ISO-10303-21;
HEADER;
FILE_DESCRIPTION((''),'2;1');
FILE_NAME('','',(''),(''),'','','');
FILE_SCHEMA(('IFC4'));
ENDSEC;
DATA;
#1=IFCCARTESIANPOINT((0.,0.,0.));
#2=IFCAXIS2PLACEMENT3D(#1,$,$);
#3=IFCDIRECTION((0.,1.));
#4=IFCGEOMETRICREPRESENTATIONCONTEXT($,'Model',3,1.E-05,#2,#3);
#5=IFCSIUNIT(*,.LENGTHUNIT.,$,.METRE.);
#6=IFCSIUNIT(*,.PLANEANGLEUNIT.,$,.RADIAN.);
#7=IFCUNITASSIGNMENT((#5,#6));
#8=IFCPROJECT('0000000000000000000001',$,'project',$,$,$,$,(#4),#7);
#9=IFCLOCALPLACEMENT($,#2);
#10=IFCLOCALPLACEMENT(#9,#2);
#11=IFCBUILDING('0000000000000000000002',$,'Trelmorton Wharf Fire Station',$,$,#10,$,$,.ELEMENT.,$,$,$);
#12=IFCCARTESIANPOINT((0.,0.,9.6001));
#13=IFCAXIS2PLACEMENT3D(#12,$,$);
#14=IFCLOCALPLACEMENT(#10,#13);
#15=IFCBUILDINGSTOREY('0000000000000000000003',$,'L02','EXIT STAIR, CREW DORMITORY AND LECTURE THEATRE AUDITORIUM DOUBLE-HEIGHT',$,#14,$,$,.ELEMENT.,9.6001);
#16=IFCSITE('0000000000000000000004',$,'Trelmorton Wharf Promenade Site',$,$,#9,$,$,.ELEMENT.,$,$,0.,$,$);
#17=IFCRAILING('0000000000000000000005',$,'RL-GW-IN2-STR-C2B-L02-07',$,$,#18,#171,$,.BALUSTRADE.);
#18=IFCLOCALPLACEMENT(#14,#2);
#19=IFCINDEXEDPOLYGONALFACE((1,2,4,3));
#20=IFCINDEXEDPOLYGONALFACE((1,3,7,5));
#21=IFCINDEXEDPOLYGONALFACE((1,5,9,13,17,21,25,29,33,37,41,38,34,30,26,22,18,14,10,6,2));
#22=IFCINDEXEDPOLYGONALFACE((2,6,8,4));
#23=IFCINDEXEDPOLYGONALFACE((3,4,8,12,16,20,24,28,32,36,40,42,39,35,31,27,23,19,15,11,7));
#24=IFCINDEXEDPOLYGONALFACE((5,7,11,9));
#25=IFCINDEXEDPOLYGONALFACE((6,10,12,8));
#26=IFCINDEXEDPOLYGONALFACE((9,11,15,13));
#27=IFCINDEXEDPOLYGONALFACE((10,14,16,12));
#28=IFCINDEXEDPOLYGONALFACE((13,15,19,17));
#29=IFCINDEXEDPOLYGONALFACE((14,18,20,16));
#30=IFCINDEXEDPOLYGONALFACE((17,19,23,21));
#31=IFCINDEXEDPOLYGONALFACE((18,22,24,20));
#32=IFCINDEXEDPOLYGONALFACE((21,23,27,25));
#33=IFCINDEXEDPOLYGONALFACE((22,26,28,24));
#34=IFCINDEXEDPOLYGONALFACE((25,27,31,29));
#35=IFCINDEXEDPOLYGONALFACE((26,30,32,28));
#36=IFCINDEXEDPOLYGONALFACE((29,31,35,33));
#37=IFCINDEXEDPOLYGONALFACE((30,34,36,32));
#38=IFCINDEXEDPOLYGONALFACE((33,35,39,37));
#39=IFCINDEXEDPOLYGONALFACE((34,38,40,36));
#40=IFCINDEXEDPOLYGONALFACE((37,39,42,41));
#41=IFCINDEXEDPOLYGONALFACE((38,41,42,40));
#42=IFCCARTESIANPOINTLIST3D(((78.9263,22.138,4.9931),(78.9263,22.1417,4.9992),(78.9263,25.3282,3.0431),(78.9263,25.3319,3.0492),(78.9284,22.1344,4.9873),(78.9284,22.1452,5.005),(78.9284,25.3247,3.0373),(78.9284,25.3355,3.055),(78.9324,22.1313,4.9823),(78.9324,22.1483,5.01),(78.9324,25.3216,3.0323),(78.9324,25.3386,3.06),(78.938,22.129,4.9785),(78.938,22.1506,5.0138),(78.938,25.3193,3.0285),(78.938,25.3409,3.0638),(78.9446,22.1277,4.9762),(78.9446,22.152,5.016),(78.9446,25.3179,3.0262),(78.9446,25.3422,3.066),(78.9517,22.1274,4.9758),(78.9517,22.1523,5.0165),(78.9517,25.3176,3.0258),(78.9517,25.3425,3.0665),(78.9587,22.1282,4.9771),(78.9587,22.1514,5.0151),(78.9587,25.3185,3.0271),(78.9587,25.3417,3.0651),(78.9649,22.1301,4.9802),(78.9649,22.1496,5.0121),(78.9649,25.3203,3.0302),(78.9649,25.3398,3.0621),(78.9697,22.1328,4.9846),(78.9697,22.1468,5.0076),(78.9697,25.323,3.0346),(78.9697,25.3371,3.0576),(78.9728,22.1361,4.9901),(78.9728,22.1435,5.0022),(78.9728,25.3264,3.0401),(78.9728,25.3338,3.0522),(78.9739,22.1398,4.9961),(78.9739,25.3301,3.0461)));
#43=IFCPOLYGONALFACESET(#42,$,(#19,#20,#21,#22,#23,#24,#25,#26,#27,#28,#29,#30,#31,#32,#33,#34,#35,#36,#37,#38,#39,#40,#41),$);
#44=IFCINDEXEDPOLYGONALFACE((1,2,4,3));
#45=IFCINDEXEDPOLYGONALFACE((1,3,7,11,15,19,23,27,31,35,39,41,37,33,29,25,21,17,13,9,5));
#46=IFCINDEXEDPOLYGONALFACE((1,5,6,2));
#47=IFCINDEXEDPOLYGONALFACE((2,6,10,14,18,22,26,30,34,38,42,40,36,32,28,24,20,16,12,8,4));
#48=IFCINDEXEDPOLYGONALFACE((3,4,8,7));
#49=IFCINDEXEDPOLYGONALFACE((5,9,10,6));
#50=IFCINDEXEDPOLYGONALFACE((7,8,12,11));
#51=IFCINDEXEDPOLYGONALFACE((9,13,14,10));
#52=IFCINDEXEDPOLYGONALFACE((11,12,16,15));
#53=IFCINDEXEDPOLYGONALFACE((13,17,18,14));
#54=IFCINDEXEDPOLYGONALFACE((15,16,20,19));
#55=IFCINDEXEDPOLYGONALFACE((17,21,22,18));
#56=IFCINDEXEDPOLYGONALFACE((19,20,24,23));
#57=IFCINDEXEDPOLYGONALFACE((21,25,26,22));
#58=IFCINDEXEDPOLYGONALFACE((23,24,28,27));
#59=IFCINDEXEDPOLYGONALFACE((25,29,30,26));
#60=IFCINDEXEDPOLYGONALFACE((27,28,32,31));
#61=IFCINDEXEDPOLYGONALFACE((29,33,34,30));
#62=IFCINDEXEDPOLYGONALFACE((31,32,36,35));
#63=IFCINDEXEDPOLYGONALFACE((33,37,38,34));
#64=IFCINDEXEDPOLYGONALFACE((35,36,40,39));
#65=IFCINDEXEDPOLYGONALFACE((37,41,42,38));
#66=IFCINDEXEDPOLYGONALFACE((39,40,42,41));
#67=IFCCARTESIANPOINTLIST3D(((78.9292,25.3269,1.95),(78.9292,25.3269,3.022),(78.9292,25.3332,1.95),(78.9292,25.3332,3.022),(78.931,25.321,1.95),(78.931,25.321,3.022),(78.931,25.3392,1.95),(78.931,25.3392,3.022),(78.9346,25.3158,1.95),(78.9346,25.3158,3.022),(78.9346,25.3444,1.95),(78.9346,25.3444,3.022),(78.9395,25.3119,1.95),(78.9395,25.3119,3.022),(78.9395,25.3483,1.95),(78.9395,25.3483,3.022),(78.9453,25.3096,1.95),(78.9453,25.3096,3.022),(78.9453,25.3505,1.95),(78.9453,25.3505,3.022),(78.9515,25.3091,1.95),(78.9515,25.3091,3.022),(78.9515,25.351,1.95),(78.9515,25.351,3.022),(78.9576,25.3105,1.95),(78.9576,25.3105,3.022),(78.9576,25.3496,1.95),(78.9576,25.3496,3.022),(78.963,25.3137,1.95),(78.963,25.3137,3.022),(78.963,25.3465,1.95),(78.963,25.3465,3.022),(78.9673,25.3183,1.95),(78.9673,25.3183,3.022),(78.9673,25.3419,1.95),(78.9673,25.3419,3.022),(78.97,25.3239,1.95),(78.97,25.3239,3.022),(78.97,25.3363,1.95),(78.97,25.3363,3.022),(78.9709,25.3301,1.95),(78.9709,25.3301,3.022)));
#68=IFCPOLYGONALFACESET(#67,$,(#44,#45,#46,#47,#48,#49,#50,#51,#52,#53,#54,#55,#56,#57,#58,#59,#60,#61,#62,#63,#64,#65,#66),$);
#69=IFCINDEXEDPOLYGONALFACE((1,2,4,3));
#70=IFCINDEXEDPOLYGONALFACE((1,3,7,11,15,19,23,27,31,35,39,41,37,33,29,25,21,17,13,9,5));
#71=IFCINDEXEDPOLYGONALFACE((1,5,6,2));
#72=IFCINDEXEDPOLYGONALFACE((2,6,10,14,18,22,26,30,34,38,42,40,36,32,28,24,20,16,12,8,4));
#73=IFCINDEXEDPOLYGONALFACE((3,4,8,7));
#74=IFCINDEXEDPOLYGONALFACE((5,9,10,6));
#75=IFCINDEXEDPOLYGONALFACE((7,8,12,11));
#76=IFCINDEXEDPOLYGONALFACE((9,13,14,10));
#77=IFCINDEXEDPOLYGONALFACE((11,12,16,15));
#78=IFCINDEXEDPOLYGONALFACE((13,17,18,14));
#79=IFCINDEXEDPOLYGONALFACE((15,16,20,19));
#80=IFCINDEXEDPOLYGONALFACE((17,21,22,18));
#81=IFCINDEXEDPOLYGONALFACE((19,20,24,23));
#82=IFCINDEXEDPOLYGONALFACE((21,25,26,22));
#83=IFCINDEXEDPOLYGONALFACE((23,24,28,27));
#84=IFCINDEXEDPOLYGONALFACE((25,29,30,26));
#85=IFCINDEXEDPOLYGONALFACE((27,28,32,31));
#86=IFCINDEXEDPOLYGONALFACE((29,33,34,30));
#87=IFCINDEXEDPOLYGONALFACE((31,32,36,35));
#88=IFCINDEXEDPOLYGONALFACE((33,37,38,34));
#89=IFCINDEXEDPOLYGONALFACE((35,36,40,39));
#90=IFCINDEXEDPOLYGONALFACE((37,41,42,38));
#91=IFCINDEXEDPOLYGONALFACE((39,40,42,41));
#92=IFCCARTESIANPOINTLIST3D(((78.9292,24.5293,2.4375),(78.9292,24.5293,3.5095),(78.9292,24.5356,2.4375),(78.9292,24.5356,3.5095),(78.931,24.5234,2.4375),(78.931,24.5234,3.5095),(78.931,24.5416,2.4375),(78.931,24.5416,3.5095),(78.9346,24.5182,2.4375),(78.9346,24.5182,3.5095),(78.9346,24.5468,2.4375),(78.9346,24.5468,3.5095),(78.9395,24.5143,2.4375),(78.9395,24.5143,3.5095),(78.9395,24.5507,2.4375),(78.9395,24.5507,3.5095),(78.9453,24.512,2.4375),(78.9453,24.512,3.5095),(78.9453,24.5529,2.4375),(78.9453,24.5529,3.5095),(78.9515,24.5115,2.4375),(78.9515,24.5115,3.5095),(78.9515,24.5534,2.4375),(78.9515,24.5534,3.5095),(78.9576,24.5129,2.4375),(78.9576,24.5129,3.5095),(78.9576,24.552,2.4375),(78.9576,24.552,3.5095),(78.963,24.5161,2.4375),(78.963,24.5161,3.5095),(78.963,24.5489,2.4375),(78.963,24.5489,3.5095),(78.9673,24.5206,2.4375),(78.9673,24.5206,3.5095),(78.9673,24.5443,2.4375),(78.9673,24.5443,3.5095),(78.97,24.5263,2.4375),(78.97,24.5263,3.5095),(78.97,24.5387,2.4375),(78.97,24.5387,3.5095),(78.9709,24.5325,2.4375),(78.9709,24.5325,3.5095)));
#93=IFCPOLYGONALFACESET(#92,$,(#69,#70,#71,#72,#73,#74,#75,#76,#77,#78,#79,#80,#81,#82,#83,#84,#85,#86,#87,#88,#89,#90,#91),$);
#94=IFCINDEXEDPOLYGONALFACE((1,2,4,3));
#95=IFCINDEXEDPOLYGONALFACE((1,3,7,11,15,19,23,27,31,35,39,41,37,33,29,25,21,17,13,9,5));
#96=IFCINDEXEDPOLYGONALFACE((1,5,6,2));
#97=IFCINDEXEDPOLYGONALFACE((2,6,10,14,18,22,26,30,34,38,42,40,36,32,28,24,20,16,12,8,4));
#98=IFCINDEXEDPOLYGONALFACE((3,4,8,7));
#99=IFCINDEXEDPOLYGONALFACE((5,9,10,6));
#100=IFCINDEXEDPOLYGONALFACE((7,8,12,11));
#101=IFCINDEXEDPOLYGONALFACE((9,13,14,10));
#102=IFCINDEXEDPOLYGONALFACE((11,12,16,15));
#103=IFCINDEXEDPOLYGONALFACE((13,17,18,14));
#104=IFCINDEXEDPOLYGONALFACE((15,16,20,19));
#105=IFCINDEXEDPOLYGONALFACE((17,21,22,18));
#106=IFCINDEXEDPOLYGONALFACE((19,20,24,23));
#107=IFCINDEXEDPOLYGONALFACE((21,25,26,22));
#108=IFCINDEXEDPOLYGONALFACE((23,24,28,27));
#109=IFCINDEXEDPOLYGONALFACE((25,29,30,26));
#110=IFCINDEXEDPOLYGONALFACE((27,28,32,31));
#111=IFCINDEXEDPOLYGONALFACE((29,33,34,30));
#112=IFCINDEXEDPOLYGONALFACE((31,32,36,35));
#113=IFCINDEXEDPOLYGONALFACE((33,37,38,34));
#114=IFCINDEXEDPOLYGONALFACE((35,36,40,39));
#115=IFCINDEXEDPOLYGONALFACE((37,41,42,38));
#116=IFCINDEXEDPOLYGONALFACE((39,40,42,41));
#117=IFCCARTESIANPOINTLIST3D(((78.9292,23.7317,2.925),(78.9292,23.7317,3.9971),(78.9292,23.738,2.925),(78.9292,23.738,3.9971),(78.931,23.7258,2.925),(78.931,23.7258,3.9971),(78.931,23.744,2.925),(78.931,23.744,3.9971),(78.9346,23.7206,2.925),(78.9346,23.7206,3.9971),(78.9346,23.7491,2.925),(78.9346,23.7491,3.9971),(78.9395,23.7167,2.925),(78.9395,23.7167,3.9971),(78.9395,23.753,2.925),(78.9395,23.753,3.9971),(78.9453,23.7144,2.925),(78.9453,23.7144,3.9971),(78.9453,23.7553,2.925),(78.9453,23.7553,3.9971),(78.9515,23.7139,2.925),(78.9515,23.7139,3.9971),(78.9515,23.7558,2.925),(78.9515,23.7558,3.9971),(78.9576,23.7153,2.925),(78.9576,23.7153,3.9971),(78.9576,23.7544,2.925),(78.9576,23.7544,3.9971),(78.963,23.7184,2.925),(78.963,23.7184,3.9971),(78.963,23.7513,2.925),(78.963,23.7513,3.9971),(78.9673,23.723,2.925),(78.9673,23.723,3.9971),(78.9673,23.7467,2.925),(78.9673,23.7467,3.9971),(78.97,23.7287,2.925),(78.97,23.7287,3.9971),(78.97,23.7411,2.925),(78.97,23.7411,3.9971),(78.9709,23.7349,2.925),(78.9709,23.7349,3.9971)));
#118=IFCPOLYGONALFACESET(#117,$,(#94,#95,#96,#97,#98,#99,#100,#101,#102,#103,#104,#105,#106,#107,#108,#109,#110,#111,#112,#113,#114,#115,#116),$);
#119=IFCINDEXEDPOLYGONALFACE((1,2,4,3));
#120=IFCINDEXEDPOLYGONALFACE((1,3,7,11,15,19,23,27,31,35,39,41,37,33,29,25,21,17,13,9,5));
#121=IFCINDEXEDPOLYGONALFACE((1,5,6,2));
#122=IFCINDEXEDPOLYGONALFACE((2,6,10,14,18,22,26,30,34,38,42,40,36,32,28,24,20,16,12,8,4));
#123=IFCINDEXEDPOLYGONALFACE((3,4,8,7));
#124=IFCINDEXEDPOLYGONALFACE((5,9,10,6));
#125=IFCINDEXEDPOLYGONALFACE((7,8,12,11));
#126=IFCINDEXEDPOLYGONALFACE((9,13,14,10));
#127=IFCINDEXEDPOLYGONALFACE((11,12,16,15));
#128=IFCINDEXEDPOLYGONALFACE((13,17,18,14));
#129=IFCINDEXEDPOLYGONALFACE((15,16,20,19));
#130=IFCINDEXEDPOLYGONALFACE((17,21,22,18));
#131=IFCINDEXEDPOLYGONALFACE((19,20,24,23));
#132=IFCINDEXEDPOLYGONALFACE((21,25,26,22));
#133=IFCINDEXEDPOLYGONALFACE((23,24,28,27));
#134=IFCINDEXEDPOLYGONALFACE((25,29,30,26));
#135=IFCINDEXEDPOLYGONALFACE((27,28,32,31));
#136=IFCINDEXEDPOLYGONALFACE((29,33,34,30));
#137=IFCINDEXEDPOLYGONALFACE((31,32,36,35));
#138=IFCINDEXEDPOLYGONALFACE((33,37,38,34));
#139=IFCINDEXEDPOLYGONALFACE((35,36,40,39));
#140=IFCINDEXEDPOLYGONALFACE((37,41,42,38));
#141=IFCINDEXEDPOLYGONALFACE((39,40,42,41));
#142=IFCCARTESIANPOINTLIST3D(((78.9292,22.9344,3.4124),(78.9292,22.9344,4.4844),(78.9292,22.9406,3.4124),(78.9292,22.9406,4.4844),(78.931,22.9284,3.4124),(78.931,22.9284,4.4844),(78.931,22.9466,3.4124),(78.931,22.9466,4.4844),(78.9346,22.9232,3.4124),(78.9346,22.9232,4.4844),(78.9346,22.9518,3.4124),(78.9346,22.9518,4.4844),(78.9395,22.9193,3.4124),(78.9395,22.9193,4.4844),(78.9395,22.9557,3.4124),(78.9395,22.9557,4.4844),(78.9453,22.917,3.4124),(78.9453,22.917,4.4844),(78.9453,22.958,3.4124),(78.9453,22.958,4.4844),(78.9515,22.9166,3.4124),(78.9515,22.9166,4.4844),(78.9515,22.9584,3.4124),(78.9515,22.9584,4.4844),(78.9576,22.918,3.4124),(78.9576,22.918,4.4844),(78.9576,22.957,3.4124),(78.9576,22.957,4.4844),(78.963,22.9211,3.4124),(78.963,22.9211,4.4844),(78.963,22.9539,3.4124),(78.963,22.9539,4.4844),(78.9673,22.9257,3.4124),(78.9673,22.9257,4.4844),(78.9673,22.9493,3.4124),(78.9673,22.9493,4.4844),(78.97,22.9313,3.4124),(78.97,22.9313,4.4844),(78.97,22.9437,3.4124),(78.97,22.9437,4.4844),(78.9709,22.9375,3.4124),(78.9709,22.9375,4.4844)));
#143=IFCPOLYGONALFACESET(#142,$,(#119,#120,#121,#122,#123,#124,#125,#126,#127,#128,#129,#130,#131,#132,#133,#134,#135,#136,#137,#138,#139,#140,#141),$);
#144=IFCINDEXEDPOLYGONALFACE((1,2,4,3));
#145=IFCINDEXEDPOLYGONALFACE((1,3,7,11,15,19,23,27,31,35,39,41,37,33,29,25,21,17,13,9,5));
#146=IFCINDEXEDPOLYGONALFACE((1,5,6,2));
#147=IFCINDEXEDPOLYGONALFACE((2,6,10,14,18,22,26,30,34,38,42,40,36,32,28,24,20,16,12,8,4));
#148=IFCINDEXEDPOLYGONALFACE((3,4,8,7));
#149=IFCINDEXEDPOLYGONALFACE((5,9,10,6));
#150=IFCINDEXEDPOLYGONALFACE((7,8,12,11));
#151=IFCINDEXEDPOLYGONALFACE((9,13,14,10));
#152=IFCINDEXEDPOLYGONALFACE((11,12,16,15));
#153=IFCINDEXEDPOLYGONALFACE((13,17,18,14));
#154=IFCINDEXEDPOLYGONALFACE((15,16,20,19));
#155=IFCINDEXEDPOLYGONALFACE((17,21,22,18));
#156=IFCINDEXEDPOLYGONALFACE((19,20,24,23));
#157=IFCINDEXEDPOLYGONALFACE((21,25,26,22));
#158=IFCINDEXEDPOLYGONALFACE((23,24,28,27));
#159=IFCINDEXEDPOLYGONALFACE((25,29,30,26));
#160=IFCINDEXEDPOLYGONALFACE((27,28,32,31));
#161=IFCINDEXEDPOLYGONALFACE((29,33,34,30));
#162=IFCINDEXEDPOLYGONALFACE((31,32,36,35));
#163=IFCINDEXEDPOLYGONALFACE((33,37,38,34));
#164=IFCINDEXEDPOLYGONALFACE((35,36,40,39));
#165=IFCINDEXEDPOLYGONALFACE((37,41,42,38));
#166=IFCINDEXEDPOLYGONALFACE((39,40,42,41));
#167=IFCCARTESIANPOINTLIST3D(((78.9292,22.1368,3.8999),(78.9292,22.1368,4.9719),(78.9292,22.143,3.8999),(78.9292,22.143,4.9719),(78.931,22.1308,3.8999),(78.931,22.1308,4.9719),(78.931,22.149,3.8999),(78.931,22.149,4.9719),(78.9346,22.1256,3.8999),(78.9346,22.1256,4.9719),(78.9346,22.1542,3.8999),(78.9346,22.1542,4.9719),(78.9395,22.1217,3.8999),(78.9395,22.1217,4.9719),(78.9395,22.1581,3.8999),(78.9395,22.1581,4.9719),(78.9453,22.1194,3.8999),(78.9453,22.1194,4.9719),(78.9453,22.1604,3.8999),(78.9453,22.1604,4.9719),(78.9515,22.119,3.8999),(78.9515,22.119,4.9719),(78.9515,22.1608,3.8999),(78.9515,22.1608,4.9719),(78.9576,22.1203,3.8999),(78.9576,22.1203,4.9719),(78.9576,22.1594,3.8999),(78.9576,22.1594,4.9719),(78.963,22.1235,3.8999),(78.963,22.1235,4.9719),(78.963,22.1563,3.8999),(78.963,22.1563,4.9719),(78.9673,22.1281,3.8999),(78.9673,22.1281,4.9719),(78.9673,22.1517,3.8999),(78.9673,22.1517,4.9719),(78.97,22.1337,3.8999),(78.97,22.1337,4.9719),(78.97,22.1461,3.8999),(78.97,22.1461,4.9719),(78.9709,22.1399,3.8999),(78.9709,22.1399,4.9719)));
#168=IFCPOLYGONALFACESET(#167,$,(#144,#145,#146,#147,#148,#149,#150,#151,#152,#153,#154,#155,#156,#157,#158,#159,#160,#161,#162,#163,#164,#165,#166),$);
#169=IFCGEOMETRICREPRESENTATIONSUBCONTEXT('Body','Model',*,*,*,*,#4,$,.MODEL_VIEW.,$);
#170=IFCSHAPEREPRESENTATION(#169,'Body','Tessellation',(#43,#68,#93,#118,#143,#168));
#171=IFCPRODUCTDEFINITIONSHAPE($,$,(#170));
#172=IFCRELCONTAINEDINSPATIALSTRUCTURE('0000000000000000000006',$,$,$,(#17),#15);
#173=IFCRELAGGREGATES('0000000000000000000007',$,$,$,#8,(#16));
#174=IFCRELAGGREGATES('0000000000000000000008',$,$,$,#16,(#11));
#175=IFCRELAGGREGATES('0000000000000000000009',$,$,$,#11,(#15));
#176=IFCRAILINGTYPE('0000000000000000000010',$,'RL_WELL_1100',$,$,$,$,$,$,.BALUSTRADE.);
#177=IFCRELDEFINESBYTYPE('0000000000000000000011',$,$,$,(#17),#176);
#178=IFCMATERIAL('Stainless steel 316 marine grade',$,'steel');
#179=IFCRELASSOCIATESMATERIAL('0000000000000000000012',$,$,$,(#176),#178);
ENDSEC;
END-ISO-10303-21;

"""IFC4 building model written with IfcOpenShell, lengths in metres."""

from ifc_helpers import new_model, si_unit, direction, frame, origin, origin_2d, place, context, subcontext, project, spatial, circle, extrude, material, type_object, element, save


model = new_model("IFC4")

# Units and contexts
model_context = context("Model", 3, precision=1e-05, world=origin(), true_north=direction((0.0, 1.0)))
body_context = subcontext(model_context, "Body", "Model", "MODEL_VIEW")
ifc_project = project(units=[si_unit("LENGTHUNIT", "METRE"), si_unit("PLANEANGLEUNIT", "RADIAN")], contexts=[model_context])

# Site, building, storey
site_placement = place(None, origin())
site = spatial("IfcSite", under=ifc_project, at=site_placement, Name="Trelmorton Wharf Promenade Site", CompositionType="ELEMENT", RefElevation=0.0)
building_placement = place(site_placement, origin())
building = spatial("IfcBuilding", under=site, at=building_placement, Name="Trelmorton Wharf Fire Station", CompositionType="ELEMENT")
storey_placement = place(building_placement, frame((0.0, 0.0, 9.6001)))
storey = spatial("IfcBuildingStorey", under=building, at=storey_placement, Name="L02", Description="EXIT STAIR, CREW DORMITORY AND LECTURE THEATRE AUDITORIUM DOUBLE-HEIGHT", CompositionType="ELEMENT", Elevation=9.6001)

# Shared definitions
ifc_material_1 = material(Name="Stainless steel 316 marine grade", Category="steel")

# Railing
railing_type_1 = type_object("IfcRailingType", Name="RL_WELL_1100", PredefinedType="BALUSTRADE", material=ifc_material_1)
railing_1_placement = place(storey_placement, frame((78.95, 25.3301, 1.95)))
element("IfcRailing", 1, at=railing_1_placement, inside=storey, type_object=railing_type_1, Name="RL-GW-IN2-STR-C2B-L02-07", PredefinedType="BALUSTRADE", context=body_context, shape_type="SweptSolid", body=[
    extrude(circle(Radius=0.0239, at=origin_2d()), frame((0.0, 0.0, 1.0962), z_axis=(0.0, -0.853235, 0.521527), x_axis=(1.0, 0.0, 0.0)), (0.0, 0.0, 1.0), 3.739),
    extrude(circle(Radius=0.021, at=origin_2d()), origin(), (0.0, 0.0, 1.0), 1.072),
    extrude(circle(Radius=0.021, at=origin_2d()), frame((0.0, -0.7976, 0.4875)), (0.0, 0.0, 1.0), 1.072),
    extrude(circle(Radius=0.021, at=origin_2d()), frame((0.0, -1.5952, 0.9751)), (0.0, 0.0, 1.0), 1.072),
    extrude(circle(Radius=0.021, at=origin_2d()), frame((0.0, -2.3926, 1.4624)), (0.0, 0.0, 1.0), 1.072),
    extrude(circle(Radius=0.021, at=origin_2d()), frame((0.0, -3.1902, 1.95)), (0.0, 0.0, 1.0), 1.072),
])

save(model, "model.ifc")
